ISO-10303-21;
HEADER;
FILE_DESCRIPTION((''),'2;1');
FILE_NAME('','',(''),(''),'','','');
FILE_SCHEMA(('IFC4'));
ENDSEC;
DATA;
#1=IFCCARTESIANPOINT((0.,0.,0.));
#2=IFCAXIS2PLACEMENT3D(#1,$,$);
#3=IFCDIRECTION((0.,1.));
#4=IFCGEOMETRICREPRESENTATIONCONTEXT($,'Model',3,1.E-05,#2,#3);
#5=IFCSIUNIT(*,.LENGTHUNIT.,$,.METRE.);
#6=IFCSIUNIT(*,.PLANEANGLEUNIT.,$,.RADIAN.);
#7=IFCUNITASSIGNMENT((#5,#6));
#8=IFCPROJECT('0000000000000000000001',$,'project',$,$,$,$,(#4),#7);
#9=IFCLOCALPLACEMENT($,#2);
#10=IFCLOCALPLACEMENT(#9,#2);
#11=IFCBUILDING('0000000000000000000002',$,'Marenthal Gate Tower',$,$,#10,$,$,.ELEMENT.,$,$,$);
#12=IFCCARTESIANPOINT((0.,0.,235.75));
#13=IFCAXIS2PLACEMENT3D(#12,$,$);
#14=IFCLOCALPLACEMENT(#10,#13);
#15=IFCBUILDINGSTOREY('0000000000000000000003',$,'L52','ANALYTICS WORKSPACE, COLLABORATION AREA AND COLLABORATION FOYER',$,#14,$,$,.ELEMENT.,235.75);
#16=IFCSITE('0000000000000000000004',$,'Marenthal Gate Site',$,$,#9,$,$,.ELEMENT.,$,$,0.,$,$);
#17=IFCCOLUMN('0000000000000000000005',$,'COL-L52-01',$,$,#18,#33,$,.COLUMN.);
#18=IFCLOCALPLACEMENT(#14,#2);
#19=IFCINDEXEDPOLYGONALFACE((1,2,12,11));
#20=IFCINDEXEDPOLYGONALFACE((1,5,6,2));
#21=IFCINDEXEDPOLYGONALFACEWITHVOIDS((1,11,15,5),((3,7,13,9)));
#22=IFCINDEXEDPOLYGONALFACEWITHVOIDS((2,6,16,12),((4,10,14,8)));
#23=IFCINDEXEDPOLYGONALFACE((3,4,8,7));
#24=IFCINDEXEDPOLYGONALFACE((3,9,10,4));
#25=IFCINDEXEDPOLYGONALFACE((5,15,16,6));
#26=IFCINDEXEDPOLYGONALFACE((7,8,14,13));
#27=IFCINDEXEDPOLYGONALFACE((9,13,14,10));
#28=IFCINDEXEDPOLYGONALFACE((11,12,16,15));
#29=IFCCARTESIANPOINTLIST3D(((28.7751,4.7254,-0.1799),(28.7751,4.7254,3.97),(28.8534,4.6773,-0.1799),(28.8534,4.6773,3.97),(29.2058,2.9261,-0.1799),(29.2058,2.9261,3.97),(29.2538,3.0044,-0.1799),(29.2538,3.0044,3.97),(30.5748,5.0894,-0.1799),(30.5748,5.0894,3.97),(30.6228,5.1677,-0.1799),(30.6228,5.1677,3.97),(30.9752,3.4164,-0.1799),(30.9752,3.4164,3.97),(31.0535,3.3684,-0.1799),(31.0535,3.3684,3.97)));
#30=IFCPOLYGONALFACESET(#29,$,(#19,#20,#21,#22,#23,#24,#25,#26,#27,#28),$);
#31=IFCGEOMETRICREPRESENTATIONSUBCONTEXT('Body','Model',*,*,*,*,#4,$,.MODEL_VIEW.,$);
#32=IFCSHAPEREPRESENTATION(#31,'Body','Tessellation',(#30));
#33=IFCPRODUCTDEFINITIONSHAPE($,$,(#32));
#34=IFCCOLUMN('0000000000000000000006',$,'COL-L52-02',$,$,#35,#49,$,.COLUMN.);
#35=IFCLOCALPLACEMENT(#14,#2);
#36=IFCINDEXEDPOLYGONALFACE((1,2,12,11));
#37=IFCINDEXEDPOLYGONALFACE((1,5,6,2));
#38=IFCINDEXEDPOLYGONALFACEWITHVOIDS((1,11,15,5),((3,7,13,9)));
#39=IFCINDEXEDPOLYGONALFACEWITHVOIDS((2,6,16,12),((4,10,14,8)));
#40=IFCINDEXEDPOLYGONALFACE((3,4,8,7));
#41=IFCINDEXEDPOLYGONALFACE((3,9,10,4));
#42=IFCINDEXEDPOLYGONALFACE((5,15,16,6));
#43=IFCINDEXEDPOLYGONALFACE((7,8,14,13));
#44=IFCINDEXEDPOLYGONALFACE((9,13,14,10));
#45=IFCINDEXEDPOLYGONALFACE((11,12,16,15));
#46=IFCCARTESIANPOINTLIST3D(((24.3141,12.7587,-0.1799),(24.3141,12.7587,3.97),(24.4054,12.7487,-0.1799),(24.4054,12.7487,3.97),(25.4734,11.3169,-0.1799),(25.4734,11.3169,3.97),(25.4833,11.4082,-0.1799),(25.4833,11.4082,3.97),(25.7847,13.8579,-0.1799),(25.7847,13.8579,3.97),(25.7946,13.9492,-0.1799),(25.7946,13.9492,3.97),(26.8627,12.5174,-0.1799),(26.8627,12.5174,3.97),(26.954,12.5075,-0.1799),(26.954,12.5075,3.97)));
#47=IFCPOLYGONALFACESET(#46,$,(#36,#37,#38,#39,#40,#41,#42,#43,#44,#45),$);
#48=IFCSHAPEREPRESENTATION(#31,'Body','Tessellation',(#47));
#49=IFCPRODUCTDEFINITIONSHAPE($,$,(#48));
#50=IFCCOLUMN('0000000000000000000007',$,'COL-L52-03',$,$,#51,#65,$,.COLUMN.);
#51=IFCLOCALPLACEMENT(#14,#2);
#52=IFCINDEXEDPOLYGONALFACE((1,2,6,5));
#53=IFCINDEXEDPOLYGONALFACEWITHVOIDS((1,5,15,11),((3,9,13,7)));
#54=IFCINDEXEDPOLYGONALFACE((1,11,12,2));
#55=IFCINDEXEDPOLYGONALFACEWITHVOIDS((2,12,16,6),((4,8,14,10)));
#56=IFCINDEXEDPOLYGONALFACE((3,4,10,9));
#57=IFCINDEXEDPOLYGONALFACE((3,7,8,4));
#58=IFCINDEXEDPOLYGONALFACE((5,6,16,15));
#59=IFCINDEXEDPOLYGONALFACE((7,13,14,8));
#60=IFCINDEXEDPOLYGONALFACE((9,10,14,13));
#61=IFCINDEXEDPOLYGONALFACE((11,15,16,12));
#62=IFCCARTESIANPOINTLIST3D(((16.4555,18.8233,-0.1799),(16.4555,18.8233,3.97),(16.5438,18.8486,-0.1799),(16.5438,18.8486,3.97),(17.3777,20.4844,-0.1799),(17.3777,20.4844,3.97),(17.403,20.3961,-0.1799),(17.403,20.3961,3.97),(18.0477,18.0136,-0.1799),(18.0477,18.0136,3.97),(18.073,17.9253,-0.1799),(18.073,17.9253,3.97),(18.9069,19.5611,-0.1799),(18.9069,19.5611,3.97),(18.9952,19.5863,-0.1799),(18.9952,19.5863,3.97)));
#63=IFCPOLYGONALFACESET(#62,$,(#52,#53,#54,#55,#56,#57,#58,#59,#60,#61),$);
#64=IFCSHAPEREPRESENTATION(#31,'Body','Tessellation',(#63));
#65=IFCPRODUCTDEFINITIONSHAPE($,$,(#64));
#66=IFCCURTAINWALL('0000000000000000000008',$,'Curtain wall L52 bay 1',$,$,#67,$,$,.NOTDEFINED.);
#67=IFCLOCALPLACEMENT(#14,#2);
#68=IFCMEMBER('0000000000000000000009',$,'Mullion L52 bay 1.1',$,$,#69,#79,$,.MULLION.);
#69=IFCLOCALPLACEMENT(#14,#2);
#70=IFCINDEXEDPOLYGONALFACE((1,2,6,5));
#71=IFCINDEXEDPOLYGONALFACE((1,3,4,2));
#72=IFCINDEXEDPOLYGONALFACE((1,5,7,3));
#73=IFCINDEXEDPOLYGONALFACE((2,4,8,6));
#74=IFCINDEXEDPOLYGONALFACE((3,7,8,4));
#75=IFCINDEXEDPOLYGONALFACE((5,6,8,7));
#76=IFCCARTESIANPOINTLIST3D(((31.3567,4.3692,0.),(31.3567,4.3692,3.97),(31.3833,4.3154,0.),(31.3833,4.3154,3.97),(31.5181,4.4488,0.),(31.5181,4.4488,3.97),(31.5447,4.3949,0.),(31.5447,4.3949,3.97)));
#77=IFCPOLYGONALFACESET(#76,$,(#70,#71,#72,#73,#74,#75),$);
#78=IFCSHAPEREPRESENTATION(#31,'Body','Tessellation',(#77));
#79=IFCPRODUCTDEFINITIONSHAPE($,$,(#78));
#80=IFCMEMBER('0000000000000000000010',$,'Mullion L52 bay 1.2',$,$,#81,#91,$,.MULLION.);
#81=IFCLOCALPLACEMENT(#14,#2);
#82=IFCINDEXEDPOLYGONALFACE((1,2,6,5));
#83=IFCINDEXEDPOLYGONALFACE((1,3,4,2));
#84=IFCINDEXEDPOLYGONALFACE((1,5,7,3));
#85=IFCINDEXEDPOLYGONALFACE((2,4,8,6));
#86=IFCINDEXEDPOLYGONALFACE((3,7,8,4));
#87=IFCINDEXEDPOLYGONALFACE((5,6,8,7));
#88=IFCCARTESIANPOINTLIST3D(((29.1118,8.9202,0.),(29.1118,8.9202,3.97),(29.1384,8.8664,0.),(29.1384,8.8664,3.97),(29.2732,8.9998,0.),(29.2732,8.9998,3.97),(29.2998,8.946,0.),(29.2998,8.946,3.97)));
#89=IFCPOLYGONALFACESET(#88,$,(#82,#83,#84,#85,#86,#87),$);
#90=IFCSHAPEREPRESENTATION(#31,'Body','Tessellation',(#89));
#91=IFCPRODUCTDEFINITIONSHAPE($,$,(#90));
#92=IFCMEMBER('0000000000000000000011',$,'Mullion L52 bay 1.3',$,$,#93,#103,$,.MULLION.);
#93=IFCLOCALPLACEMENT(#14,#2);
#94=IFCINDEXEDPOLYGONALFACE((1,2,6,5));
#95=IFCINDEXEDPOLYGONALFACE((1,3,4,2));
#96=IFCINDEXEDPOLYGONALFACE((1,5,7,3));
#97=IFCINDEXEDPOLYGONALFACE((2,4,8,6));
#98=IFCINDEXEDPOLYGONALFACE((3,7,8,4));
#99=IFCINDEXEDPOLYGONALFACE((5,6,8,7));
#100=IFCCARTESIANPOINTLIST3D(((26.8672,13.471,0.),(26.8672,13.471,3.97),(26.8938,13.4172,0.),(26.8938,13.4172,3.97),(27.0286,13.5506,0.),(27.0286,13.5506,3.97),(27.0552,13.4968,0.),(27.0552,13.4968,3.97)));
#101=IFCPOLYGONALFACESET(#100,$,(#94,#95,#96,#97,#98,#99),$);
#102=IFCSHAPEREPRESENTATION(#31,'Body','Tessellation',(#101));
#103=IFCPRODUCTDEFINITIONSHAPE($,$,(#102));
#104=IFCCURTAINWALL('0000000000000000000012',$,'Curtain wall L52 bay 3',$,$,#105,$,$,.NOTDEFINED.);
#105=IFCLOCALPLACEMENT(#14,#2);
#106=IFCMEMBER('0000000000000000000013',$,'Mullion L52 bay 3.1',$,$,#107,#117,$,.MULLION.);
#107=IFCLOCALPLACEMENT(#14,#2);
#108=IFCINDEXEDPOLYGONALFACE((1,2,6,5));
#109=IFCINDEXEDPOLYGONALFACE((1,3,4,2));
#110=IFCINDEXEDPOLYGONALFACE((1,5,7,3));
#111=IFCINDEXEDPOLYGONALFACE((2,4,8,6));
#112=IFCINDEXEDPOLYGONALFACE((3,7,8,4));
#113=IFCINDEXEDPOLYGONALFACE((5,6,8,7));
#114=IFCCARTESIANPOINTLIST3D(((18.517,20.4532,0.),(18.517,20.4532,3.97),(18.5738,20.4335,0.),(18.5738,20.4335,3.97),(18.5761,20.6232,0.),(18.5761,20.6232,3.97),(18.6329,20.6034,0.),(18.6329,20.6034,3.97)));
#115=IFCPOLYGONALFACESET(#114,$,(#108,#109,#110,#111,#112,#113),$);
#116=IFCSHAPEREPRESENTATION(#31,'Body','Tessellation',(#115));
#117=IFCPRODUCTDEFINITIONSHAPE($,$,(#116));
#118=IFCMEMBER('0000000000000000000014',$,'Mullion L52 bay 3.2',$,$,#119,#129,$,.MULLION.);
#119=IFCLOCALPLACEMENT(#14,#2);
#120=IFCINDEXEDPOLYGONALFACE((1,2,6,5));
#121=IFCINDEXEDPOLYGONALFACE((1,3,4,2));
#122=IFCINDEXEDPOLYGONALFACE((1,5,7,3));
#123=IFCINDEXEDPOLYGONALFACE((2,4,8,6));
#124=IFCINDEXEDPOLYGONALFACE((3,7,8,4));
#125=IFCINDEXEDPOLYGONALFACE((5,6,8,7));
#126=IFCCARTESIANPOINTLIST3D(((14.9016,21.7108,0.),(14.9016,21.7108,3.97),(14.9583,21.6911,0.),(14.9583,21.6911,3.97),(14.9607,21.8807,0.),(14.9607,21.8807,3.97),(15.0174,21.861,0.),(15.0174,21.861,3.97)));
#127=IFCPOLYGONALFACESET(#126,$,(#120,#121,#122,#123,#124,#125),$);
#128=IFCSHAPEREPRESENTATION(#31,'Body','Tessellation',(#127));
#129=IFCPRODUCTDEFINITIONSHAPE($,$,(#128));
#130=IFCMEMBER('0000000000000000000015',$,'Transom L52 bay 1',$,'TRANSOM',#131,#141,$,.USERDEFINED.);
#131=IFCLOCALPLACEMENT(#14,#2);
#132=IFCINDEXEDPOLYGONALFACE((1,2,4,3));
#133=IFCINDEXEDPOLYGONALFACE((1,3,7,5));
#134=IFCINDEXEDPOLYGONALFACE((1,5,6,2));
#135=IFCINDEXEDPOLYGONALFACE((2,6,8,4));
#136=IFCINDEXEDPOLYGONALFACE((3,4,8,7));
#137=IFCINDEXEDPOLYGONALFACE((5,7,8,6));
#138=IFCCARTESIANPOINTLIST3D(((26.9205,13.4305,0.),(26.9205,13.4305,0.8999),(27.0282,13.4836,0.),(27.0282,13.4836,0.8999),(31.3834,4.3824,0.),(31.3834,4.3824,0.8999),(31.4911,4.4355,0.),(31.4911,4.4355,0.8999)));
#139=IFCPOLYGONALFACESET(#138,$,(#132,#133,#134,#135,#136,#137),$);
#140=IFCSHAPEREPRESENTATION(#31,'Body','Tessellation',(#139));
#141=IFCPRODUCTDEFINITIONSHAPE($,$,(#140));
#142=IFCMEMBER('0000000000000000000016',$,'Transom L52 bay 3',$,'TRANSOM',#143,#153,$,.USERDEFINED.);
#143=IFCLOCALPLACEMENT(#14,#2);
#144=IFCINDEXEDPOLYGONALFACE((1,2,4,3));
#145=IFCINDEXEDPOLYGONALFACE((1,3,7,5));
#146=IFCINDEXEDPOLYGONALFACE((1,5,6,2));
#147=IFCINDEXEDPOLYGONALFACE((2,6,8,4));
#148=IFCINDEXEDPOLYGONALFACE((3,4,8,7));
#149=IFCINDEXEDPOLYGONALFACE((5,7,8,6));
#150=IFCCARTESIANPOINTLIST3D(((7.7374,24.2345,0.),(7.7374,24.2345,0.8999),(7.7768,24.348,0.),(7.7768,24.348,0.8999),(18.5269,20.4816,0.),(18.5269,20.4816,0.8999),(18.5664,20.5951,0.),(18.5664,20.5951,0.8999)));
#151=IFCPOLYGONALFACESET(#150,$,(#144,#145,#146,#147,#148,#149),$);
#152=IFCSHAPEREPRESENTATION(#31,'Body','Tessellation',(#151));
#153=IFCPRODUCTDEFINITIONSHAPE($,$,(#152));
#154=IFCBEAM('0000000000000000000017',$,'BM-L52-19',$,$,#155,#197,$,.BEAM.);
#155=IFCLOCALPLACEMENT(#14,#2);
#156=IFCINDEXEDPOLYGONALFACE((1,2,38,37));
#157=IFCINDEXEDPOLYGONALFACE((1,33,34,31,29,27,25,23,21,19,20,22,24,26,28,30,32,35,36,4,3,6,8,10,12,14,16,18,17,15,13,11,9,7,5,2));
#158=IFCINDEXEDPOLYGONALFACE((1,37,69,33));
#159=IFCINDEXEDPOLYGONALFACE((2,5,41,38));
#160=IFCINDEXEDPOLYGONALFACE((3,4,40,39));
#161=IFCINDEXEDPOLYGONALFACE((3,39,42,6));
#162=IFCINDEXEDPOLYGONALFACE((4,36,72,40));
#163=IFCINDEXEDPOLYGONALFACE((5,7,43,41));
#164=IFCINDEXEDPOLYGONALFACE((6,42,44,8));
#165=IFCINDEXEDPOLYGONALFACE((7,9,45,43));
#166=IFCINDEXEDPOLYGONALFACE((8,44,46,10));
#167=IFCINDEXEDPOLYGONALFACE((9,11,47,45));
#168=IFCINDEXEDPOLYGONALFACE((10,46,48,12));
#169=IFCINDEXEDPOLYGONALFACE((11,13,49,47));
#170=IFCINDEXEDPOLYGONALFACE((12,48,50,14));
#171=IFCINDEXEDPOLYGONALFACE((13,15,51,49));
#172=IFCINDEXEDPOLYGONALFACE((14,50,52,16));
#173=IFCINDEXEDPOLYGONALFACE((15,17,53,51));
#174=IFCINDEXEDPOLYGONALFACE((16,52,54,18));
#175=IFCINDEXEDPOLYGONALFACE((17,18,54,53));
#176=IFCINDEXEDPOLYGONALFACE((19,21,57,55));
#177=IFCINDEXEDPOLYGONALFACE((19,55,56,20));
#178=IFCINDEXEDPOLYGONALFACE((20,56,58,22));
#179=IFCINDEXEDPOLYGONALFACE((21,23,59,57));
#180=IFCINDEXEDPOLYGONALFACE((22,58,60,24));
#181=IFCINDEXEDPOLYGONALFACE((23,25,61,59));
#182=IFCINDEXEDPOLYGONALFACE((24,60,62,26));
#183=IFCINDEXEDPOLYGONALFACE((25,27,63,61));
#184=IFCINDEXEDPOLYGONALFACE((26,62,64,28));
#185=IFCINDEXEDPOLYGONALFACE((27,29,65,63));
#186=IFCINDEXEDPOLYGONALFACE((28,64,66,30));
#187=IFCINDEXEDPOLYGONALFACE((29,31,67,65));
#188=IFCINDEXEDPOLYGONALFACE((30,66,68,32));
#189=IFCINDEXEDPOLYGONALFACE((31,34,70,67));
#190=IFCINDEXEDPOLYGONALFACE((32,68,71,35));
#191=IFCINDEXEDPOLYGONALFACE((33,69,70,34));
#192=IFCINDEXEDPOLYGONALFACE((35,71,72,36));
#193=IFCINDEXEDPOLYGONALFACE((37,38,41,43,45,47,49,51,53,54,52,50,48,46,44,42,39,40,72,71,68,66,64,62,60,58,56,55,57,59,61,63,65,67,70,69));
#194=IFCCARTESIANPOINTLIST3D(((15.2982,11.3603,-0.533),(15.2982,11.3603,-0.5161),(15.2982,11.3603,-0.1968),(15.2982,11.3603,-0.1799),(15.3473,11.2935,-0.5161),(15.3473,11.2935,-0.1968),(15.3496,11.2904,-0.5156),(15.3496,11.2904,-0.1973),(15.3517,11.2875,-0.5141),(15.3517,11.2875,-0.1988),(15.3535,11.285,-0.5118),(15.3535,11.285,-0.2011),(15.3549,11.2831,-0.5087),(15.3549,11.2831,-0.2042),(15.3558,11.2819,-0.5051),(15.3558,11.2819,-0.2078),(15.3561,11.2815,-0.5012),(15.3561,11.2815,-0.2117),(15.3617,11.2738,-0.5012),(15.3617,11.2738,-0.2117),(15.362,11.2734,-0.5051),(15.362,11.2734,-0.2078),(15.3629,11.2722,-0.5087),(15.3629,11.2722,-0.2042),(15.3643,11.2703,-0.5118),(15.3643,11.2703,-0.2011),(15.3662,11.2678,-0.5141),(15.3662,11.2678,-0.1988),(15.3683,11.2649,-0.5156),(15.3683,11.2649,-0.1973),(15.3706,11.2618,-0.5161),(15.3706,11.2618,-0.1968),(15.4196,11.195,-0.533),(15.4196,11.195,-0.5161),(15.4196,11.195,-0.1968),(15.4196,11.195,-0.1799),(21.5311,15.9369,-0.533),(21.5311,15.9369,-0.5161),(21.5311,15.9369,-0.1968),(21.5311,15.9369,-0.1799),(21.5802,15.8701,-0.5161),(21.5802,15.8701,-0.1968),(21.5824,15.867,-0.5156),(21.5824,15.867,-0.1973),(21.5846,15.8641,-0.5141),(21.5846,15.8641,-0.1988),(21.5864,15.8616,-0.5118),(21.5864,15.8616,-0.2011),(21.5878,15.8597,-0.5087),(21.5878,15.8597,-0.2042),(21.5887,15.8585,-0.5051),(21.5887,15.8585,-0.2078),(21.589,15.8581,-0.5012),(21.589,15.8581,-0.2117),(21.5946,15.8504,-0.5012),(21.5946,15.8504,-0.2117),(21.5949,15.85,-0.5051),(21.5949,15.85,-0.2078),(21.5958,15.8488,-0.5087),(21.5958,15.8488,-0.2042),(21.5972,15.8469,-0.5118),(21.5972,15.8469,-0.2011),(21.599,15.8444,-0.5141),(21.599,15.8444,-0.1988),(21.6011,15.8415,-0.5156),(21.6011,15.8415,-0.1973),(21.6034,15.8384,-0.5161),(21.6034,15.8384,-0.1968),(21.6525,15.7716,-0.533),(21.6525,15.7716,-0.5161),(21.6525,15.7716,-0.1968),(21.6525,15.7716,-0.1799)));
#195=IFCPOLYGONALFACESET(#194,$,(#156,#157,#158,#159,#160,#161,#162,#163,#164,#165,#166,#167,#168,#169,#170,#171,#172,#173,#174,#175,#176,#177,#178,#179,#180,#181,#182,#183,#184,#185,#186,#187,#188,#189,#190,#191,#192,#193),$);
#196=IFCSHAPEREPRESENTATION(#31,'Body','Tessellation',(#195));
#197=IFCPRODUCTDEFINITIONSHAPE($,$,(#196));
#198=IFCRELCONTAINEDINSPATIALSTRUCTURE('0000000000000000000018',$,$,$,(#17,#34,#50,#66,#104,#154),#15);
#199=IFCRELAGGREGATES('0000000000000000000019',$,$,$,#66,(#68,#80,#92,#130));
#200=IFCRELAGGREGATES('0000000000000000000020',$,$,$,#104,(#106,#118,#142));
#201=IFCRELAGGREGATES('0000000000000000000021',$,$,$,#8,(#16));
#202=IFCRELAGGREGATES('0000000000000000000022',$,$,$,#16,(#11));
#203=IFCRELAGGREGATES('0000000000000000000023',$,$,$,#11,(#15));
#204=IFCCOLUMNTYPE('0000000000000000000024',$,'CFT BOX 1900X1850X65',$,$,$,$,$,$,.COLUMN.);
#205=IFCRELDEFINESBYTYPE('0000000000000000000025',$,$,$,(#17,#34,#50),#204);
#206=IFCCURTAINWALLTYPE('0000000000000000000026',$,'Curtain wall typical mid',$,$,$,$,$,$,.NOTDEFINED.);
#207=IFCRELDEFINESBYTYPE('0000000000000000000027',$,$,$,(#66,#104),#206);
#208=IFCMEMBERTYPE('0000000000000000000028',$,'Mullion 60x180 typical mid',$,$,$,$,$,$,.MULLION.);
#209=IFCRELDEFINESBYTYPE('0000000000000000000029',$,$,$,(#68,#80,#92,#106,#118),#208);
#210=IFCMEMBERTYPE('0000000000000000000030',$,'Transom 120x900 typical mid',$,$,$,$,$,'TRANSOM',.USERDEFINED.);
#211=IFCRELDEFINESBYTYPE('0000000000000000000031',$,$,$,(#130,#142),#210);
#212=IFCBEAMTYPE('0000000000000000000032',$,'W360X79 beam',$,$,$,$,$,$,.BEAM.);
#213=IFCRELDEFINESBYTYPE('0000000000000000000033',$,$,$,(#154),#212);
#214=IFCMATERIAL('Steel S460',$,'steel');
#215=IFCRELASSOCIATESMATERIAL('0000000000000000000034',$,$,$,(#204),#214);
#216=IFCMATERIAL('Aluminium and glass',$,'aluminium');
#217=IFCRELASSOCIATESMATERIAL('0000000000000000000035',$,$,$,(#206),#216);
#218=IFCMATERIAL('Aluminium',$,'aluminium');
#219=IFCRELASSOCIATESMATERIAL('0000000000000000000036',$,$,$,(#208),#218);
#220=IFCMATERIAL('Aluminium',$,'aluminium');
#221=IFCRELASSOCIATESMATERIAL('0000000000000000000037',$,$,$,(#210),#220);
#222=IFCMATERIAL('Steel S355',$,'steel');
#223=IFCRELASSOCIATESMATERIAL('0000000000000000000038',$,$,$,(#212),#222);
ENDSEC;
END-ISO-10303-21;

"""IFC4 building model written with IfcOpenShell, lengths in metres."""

from ifc_helpers import new_model, si_unit, direction, frame, origin, origin_2d, place, context, subcontext, project, spatial, rectangle, hollow_rectangle, i_section, extrude, material, material_profile, profile_set, type_object, element, aggregate, save


model = new_model("IFC4")

# Units and contexts
model_context = context("Model", 3, precision=1e-05, world=origin(), true_north=direction((0.0, 1.0)))
body_context = subcontext(model_context, "Body", "Model", "MODEL_VIEW")
ifc_project = project(units=[si_unit("LENGTHUNIT", "METRE"), si_unit("PLANEANGLEUNIT", "RADIAN")], contexts=[model_context])

# Site, building, storey
site_placement = place(None, origin())
site = spatial("IfcSite", under=ifc_project, at=site_placement, Name="Marenthal Gate Site", CompositionType="ELEMENT", RefElevation=0.0)
building_placement = place(site_placement, origin())
building = spatial("IfcBuilding", under=site, at=building_placement, Name="Marenthal Gate Tower", CompositionType="ELEMENT")
storey_placement = place(building_placement, frame((0.0, 0.0, 235.75)))
storey = spatial("IfcBuildingStorey", under=building, at=storey_placement, Name="L52", Description="ANALYTICS WORKSPACE, COLLABORATION AREA AND COLLABORATION FOYER", CompositionType="ELEMENT", Elevation=235.75)

# Columns
ifc_material_1 = material(Name="Steel S460", Category="steel")
ifc_material_profile_1 = material_profile(ifc_material_1, hollow_rectangle(XDim=1.8501, YDim=1.8999, WallThickness=0.0649, at=origin_2d()), Name="CFT BOX 1900X1850X65")
ifc_material_2 = material(Name="Concrete 70 MPa", Category="concrete")
ifc_material_profile_2 = material_profile(ifc_material_2, rectangle(XDim=1.72, YDim=1.77, at=origin_2d()), Name="CFT BOX 1900X1850X65 INFILL")
ifc_profile_set_1 = profile_set([ifc_material_profile_1, ifc_material_profile_2], Name="Steel S460 shell, Concrete 70 MPa infill")
column_type = type_object("IfcColumnType", Name="CFT BOX 1900X1850X65", PredefinedType="COLUMN", material=ifc_profile_set_1)
for number, where, z_axis, x_axis, name in (
    (1, (29.9143, 4.0469, -0.1799), (0.0, 0.0, 1.0), (0.232804, -0.972524, 0.0), "COL-L52-01"),
    (2, (25.634, 12.6331, -0.1799), (0.0, 0.0, 1.0), (0.626651, -0.7793, 0.0), "COL-L52-02"),
    (3, (17.7253, 19.2048, -0.1799), (0.0, 0.0, 1.0), (0.874282, -0.485419, 0.0), "COL-L52-03"),
):
    element("IfcColumn", number, at=place(storey_placement, frame(where, z_axis=z_axis, x_axis=x_axis)), inside=storey, type_object=column_type, Name=name, PredefinedType="COLUMN", context=body_context, shape_type="SweptSolid", body=[
        extrude(hollow_rectangle(XDim=1.8501, YDim=1.8999, WallThickness=0.0649, at=origin_2d()), origin(), (0.0, 0.0, 1.0), 4.1499),
    ])

# Curtain walls, members
ifc_material_3 = material(Name="Aluminium and glass", Category="aluminium")
curtain_wall_type = type_object("IfcCurtainWallType", Name="Curtain wall typical mid", PredefinedType="NOTDEFINED", material=ifc_material_3)
curtain_wall_1_placement = place(storey_placement, origin())
curtain_wall_1 = element("IfcCurtainWall", 4, at=curtain_wall_1_placement, inside=storey, type_object=curtain_wall_type, Name="Curtain wall L52 bay 1", PredefinedType="NOTDEFINED")
ifc_material_4 = material(Name="Aluminium", Category="aluminium")
ifc_material_profile_3 = material_profile(ifc_material_4, rectangle(XDim=0.1799, YDim=0.0601, at=origin_2d()), Name="60x180 aluminium mullion")
ifc_profile_set_2 = profile_set([ifc_material_profile_3], Name="Aluminium")
member_type_1 = type_object("IfcMemberType", Name="Mullion 60x180 typical mid", PredefinedType="MULLION", material=ifc_profile_set_2)
member_1_placement = place(storey_placement, frame((31.4507, 4.3821, 0.0), z_axis=(0.0, 0.0, 1.0), x_axis=(-0.896835, -0.442364, 0.0)))
member_1 = element("IfcMember", 5, at=member_1_placement, type_object=member_type_1, Name="Mullion L52 bay 1.1", PredefinedType="MULLION", context=body_context, shape_type="SweptSolid", body=[
    extrude(rectangle(XDim=0.1799, YDim=0.0601, at=origin_2d()), origin(), (0.0, 0.0, 1.0), 3.97),
])
member_2_placement = place(storey_placement, frame((29.2058, 8.9331, 0.0), z_axis=(0.0, 0.0, 1.0), x_axis=(-0.896835, -0.442364, 0.0)))
member_2 = element("IfcMember", 6, at=member_2_placement, type_object=member_type_1, Name="Mullion L52 bay 1.2", PredefinedType="MULLION", context=body_context, shape_type="SweptSolid", body=[
    extrude(rectangle(XDim=0.1799, YDim=0.0601, at=origin_2d()), origin(), (0.0, 0.0, 1.0), 3.97),
])
member_3_placement = place(storey_placement, frame((26.9612, 13.4839, 0.0), z_axis=(0.0, 0.0, 1.0), x_axis=(-0.896835, -0.442364, 0.0)))
member_3 = element("IfcMember", 7, at=member_3_placement, type_object=member_type_1, Name="Mullion L52 bay 1.3", PredefinedType="MULLION", context=body_context, shape_type="SweptSolid", body=[
    extrude(rectangle(XDim=0.1799, YDim=0.0601, at=origin_2d()), origin(), (0.0, 0.0, 1.0), 3.97),
])
curtain_wall_2_placement = place(storey_placement, origin())
curtain_wall_2 = element("IfcCurtainWall", 8, at=curtain_wall_2_placement, inside=storey, type_object=curtain_wall_type, Name="Curtain wall L52 bay 3", PredefinedType="NOTDEFINED")
member_4_placement = place(storey_placement, frame((18.575, 20.5283, 0.0), z_axis=(0.0, 0.0, 1.0), x_axis=(-0.32854, -0.94449, 0.0)))
member_4 = element("IfcMember", 9, at=member_4_placement, type_object=member_type_1, Name="Mullion L52 bay 3.1", PredefinedType="MULLION", context=body_context, shape_type="SweptSolid", body=[
    extrude(rectangle(XDim=0.1799, YDim=0.0601, at=origin_2d()), origin(), (0.0, 0.0, 1.0), 3.97),
])
member_5_placement = place(storey_placement, frame((14.9595, 21.7859, 0.0), z_axis=(0.0, 0.0, 1.0), x_axis=(-0.32854, -0.94449, 0.0)))
member_5 = element("IfcMember", 10, at=member_5_placement, type_object=member_type_1, Name="Mullion L52 bay 3.2", PredefinedType="MULLION", context=body_context, shape_type="SweptSolid", body=[
    extrude(rectangle(XDim=0.1799, YDim=0.0601, at=origin_2d()), origin(), (0.0, 0.0, 1.0), 3.97),
])

# Members
ifc_material_5 = material(Name="Aluminium", Category="aluminium")
ifc_material_profile_4 = material_profile(ifc_material_5, rectangle(XDim=0.1201, YDim=0.8999, at=origin_2d()), Name="120x900 aluminium transom")
ifc_profile_set_3 = profile_set([ifc_material_profile_4], Name="Aluminium")
member_type_2 = type_object("IfcMemberType", Name="Transom 120x900 typical mid", ElementType="TRANSOM", PredefinedType="USERDEFINED", material=ifc_profile_set_3)
member_6_placement = place(storey_placement, frame((31.4373, 4.4089, 0.45), z_axis=(-0.442358, 0.896839, 0.0), x_axis=(-0.896839, -0.442358, 0.0)))
member_6 = element("IfcMember", 11, at=member_6_placement, type_object=member_type_2, Name="Transom L52 bay 1", ObjectType="TRANSOM", PredefinedType="USERDEFINED", context=body_context, shape_type="SweptSolid", body=[
    extrude(rectangle(XDim=0.1201, YDim=0.8999, at=origin_2d()), origin(), (0.0, 0.0, 1.0), 10.0889),
])
member_7_placement = place(storey_placement, frame((18.5466, 20.5383, 0.45), z_axis=(-0.944496, 0.328524, 0.0), x_axis=(-0.328524, -0.944496, 0.0)))
member_7 = element("IfcMember", 12, at=member_7_placement, type_object=member_type_2, Name="Transom L52 bay 3", ObjectType="TRANSOM", PredefinedType="USERDEFINED", context=body_context, shape_type="SweptSolid", body=[
    extrude(rectangle(XDim=0.1201, YDim=0.8999, at=origin_2d()), origin(), (0.0, 0.0, 1.0), 11.4236),
])

# Beam
ifc_material_6 = material(Name="Steel S355", Category="steel")
ifc_material_profile_5 = material_profile(ifc_material_6, i_section(OverallWidth=0.2051, OverallDepth=0.353, WebThickness=0.0095, FlangeThickness=0.0168, FilletRadius=0.0149, at=origin_2d()), Name="W360X79")
ifc_profile_set_4 = profile_set([ifc_material_profile_5], Name="Steel S355")
beam_type_1 = type_object("IfcBeamType", Name="W360X79 beam", PredefinedType="BEAM", material=ifc_profile_set_4)
beam_1_placement = place(storey_placement, frame((21.5918, 15.8542, -0.3564), z_axis=(-0.806043, -0.591856, 0.0), x_axis=(0.591856, -0.806043, 0.0)))
element("IfcBeam", 13, at=beam_1_placement, inside=storey, type_object=beam_type_1, Name="BM-L52-19", PredefinedType="BEAM", context=body_context, shape_type="SweptSolid", body=[
    extrude(i_section(OverallWidth=0.2051, OverallDepth=0.353, WebThickness=0.0095, FlangeThickness=0.0168, FilletRadius=0.0149, at=origin_2d()), origin(), (0.0, 0.0, 1.0), 7.7327),
])

aggregate(curtain_wall_1, [member_1, member_2, member_3, member_6])
aggregate(curtain_wall_2, [member_4, member_5, member_7])

save(model, "model.ifc")
